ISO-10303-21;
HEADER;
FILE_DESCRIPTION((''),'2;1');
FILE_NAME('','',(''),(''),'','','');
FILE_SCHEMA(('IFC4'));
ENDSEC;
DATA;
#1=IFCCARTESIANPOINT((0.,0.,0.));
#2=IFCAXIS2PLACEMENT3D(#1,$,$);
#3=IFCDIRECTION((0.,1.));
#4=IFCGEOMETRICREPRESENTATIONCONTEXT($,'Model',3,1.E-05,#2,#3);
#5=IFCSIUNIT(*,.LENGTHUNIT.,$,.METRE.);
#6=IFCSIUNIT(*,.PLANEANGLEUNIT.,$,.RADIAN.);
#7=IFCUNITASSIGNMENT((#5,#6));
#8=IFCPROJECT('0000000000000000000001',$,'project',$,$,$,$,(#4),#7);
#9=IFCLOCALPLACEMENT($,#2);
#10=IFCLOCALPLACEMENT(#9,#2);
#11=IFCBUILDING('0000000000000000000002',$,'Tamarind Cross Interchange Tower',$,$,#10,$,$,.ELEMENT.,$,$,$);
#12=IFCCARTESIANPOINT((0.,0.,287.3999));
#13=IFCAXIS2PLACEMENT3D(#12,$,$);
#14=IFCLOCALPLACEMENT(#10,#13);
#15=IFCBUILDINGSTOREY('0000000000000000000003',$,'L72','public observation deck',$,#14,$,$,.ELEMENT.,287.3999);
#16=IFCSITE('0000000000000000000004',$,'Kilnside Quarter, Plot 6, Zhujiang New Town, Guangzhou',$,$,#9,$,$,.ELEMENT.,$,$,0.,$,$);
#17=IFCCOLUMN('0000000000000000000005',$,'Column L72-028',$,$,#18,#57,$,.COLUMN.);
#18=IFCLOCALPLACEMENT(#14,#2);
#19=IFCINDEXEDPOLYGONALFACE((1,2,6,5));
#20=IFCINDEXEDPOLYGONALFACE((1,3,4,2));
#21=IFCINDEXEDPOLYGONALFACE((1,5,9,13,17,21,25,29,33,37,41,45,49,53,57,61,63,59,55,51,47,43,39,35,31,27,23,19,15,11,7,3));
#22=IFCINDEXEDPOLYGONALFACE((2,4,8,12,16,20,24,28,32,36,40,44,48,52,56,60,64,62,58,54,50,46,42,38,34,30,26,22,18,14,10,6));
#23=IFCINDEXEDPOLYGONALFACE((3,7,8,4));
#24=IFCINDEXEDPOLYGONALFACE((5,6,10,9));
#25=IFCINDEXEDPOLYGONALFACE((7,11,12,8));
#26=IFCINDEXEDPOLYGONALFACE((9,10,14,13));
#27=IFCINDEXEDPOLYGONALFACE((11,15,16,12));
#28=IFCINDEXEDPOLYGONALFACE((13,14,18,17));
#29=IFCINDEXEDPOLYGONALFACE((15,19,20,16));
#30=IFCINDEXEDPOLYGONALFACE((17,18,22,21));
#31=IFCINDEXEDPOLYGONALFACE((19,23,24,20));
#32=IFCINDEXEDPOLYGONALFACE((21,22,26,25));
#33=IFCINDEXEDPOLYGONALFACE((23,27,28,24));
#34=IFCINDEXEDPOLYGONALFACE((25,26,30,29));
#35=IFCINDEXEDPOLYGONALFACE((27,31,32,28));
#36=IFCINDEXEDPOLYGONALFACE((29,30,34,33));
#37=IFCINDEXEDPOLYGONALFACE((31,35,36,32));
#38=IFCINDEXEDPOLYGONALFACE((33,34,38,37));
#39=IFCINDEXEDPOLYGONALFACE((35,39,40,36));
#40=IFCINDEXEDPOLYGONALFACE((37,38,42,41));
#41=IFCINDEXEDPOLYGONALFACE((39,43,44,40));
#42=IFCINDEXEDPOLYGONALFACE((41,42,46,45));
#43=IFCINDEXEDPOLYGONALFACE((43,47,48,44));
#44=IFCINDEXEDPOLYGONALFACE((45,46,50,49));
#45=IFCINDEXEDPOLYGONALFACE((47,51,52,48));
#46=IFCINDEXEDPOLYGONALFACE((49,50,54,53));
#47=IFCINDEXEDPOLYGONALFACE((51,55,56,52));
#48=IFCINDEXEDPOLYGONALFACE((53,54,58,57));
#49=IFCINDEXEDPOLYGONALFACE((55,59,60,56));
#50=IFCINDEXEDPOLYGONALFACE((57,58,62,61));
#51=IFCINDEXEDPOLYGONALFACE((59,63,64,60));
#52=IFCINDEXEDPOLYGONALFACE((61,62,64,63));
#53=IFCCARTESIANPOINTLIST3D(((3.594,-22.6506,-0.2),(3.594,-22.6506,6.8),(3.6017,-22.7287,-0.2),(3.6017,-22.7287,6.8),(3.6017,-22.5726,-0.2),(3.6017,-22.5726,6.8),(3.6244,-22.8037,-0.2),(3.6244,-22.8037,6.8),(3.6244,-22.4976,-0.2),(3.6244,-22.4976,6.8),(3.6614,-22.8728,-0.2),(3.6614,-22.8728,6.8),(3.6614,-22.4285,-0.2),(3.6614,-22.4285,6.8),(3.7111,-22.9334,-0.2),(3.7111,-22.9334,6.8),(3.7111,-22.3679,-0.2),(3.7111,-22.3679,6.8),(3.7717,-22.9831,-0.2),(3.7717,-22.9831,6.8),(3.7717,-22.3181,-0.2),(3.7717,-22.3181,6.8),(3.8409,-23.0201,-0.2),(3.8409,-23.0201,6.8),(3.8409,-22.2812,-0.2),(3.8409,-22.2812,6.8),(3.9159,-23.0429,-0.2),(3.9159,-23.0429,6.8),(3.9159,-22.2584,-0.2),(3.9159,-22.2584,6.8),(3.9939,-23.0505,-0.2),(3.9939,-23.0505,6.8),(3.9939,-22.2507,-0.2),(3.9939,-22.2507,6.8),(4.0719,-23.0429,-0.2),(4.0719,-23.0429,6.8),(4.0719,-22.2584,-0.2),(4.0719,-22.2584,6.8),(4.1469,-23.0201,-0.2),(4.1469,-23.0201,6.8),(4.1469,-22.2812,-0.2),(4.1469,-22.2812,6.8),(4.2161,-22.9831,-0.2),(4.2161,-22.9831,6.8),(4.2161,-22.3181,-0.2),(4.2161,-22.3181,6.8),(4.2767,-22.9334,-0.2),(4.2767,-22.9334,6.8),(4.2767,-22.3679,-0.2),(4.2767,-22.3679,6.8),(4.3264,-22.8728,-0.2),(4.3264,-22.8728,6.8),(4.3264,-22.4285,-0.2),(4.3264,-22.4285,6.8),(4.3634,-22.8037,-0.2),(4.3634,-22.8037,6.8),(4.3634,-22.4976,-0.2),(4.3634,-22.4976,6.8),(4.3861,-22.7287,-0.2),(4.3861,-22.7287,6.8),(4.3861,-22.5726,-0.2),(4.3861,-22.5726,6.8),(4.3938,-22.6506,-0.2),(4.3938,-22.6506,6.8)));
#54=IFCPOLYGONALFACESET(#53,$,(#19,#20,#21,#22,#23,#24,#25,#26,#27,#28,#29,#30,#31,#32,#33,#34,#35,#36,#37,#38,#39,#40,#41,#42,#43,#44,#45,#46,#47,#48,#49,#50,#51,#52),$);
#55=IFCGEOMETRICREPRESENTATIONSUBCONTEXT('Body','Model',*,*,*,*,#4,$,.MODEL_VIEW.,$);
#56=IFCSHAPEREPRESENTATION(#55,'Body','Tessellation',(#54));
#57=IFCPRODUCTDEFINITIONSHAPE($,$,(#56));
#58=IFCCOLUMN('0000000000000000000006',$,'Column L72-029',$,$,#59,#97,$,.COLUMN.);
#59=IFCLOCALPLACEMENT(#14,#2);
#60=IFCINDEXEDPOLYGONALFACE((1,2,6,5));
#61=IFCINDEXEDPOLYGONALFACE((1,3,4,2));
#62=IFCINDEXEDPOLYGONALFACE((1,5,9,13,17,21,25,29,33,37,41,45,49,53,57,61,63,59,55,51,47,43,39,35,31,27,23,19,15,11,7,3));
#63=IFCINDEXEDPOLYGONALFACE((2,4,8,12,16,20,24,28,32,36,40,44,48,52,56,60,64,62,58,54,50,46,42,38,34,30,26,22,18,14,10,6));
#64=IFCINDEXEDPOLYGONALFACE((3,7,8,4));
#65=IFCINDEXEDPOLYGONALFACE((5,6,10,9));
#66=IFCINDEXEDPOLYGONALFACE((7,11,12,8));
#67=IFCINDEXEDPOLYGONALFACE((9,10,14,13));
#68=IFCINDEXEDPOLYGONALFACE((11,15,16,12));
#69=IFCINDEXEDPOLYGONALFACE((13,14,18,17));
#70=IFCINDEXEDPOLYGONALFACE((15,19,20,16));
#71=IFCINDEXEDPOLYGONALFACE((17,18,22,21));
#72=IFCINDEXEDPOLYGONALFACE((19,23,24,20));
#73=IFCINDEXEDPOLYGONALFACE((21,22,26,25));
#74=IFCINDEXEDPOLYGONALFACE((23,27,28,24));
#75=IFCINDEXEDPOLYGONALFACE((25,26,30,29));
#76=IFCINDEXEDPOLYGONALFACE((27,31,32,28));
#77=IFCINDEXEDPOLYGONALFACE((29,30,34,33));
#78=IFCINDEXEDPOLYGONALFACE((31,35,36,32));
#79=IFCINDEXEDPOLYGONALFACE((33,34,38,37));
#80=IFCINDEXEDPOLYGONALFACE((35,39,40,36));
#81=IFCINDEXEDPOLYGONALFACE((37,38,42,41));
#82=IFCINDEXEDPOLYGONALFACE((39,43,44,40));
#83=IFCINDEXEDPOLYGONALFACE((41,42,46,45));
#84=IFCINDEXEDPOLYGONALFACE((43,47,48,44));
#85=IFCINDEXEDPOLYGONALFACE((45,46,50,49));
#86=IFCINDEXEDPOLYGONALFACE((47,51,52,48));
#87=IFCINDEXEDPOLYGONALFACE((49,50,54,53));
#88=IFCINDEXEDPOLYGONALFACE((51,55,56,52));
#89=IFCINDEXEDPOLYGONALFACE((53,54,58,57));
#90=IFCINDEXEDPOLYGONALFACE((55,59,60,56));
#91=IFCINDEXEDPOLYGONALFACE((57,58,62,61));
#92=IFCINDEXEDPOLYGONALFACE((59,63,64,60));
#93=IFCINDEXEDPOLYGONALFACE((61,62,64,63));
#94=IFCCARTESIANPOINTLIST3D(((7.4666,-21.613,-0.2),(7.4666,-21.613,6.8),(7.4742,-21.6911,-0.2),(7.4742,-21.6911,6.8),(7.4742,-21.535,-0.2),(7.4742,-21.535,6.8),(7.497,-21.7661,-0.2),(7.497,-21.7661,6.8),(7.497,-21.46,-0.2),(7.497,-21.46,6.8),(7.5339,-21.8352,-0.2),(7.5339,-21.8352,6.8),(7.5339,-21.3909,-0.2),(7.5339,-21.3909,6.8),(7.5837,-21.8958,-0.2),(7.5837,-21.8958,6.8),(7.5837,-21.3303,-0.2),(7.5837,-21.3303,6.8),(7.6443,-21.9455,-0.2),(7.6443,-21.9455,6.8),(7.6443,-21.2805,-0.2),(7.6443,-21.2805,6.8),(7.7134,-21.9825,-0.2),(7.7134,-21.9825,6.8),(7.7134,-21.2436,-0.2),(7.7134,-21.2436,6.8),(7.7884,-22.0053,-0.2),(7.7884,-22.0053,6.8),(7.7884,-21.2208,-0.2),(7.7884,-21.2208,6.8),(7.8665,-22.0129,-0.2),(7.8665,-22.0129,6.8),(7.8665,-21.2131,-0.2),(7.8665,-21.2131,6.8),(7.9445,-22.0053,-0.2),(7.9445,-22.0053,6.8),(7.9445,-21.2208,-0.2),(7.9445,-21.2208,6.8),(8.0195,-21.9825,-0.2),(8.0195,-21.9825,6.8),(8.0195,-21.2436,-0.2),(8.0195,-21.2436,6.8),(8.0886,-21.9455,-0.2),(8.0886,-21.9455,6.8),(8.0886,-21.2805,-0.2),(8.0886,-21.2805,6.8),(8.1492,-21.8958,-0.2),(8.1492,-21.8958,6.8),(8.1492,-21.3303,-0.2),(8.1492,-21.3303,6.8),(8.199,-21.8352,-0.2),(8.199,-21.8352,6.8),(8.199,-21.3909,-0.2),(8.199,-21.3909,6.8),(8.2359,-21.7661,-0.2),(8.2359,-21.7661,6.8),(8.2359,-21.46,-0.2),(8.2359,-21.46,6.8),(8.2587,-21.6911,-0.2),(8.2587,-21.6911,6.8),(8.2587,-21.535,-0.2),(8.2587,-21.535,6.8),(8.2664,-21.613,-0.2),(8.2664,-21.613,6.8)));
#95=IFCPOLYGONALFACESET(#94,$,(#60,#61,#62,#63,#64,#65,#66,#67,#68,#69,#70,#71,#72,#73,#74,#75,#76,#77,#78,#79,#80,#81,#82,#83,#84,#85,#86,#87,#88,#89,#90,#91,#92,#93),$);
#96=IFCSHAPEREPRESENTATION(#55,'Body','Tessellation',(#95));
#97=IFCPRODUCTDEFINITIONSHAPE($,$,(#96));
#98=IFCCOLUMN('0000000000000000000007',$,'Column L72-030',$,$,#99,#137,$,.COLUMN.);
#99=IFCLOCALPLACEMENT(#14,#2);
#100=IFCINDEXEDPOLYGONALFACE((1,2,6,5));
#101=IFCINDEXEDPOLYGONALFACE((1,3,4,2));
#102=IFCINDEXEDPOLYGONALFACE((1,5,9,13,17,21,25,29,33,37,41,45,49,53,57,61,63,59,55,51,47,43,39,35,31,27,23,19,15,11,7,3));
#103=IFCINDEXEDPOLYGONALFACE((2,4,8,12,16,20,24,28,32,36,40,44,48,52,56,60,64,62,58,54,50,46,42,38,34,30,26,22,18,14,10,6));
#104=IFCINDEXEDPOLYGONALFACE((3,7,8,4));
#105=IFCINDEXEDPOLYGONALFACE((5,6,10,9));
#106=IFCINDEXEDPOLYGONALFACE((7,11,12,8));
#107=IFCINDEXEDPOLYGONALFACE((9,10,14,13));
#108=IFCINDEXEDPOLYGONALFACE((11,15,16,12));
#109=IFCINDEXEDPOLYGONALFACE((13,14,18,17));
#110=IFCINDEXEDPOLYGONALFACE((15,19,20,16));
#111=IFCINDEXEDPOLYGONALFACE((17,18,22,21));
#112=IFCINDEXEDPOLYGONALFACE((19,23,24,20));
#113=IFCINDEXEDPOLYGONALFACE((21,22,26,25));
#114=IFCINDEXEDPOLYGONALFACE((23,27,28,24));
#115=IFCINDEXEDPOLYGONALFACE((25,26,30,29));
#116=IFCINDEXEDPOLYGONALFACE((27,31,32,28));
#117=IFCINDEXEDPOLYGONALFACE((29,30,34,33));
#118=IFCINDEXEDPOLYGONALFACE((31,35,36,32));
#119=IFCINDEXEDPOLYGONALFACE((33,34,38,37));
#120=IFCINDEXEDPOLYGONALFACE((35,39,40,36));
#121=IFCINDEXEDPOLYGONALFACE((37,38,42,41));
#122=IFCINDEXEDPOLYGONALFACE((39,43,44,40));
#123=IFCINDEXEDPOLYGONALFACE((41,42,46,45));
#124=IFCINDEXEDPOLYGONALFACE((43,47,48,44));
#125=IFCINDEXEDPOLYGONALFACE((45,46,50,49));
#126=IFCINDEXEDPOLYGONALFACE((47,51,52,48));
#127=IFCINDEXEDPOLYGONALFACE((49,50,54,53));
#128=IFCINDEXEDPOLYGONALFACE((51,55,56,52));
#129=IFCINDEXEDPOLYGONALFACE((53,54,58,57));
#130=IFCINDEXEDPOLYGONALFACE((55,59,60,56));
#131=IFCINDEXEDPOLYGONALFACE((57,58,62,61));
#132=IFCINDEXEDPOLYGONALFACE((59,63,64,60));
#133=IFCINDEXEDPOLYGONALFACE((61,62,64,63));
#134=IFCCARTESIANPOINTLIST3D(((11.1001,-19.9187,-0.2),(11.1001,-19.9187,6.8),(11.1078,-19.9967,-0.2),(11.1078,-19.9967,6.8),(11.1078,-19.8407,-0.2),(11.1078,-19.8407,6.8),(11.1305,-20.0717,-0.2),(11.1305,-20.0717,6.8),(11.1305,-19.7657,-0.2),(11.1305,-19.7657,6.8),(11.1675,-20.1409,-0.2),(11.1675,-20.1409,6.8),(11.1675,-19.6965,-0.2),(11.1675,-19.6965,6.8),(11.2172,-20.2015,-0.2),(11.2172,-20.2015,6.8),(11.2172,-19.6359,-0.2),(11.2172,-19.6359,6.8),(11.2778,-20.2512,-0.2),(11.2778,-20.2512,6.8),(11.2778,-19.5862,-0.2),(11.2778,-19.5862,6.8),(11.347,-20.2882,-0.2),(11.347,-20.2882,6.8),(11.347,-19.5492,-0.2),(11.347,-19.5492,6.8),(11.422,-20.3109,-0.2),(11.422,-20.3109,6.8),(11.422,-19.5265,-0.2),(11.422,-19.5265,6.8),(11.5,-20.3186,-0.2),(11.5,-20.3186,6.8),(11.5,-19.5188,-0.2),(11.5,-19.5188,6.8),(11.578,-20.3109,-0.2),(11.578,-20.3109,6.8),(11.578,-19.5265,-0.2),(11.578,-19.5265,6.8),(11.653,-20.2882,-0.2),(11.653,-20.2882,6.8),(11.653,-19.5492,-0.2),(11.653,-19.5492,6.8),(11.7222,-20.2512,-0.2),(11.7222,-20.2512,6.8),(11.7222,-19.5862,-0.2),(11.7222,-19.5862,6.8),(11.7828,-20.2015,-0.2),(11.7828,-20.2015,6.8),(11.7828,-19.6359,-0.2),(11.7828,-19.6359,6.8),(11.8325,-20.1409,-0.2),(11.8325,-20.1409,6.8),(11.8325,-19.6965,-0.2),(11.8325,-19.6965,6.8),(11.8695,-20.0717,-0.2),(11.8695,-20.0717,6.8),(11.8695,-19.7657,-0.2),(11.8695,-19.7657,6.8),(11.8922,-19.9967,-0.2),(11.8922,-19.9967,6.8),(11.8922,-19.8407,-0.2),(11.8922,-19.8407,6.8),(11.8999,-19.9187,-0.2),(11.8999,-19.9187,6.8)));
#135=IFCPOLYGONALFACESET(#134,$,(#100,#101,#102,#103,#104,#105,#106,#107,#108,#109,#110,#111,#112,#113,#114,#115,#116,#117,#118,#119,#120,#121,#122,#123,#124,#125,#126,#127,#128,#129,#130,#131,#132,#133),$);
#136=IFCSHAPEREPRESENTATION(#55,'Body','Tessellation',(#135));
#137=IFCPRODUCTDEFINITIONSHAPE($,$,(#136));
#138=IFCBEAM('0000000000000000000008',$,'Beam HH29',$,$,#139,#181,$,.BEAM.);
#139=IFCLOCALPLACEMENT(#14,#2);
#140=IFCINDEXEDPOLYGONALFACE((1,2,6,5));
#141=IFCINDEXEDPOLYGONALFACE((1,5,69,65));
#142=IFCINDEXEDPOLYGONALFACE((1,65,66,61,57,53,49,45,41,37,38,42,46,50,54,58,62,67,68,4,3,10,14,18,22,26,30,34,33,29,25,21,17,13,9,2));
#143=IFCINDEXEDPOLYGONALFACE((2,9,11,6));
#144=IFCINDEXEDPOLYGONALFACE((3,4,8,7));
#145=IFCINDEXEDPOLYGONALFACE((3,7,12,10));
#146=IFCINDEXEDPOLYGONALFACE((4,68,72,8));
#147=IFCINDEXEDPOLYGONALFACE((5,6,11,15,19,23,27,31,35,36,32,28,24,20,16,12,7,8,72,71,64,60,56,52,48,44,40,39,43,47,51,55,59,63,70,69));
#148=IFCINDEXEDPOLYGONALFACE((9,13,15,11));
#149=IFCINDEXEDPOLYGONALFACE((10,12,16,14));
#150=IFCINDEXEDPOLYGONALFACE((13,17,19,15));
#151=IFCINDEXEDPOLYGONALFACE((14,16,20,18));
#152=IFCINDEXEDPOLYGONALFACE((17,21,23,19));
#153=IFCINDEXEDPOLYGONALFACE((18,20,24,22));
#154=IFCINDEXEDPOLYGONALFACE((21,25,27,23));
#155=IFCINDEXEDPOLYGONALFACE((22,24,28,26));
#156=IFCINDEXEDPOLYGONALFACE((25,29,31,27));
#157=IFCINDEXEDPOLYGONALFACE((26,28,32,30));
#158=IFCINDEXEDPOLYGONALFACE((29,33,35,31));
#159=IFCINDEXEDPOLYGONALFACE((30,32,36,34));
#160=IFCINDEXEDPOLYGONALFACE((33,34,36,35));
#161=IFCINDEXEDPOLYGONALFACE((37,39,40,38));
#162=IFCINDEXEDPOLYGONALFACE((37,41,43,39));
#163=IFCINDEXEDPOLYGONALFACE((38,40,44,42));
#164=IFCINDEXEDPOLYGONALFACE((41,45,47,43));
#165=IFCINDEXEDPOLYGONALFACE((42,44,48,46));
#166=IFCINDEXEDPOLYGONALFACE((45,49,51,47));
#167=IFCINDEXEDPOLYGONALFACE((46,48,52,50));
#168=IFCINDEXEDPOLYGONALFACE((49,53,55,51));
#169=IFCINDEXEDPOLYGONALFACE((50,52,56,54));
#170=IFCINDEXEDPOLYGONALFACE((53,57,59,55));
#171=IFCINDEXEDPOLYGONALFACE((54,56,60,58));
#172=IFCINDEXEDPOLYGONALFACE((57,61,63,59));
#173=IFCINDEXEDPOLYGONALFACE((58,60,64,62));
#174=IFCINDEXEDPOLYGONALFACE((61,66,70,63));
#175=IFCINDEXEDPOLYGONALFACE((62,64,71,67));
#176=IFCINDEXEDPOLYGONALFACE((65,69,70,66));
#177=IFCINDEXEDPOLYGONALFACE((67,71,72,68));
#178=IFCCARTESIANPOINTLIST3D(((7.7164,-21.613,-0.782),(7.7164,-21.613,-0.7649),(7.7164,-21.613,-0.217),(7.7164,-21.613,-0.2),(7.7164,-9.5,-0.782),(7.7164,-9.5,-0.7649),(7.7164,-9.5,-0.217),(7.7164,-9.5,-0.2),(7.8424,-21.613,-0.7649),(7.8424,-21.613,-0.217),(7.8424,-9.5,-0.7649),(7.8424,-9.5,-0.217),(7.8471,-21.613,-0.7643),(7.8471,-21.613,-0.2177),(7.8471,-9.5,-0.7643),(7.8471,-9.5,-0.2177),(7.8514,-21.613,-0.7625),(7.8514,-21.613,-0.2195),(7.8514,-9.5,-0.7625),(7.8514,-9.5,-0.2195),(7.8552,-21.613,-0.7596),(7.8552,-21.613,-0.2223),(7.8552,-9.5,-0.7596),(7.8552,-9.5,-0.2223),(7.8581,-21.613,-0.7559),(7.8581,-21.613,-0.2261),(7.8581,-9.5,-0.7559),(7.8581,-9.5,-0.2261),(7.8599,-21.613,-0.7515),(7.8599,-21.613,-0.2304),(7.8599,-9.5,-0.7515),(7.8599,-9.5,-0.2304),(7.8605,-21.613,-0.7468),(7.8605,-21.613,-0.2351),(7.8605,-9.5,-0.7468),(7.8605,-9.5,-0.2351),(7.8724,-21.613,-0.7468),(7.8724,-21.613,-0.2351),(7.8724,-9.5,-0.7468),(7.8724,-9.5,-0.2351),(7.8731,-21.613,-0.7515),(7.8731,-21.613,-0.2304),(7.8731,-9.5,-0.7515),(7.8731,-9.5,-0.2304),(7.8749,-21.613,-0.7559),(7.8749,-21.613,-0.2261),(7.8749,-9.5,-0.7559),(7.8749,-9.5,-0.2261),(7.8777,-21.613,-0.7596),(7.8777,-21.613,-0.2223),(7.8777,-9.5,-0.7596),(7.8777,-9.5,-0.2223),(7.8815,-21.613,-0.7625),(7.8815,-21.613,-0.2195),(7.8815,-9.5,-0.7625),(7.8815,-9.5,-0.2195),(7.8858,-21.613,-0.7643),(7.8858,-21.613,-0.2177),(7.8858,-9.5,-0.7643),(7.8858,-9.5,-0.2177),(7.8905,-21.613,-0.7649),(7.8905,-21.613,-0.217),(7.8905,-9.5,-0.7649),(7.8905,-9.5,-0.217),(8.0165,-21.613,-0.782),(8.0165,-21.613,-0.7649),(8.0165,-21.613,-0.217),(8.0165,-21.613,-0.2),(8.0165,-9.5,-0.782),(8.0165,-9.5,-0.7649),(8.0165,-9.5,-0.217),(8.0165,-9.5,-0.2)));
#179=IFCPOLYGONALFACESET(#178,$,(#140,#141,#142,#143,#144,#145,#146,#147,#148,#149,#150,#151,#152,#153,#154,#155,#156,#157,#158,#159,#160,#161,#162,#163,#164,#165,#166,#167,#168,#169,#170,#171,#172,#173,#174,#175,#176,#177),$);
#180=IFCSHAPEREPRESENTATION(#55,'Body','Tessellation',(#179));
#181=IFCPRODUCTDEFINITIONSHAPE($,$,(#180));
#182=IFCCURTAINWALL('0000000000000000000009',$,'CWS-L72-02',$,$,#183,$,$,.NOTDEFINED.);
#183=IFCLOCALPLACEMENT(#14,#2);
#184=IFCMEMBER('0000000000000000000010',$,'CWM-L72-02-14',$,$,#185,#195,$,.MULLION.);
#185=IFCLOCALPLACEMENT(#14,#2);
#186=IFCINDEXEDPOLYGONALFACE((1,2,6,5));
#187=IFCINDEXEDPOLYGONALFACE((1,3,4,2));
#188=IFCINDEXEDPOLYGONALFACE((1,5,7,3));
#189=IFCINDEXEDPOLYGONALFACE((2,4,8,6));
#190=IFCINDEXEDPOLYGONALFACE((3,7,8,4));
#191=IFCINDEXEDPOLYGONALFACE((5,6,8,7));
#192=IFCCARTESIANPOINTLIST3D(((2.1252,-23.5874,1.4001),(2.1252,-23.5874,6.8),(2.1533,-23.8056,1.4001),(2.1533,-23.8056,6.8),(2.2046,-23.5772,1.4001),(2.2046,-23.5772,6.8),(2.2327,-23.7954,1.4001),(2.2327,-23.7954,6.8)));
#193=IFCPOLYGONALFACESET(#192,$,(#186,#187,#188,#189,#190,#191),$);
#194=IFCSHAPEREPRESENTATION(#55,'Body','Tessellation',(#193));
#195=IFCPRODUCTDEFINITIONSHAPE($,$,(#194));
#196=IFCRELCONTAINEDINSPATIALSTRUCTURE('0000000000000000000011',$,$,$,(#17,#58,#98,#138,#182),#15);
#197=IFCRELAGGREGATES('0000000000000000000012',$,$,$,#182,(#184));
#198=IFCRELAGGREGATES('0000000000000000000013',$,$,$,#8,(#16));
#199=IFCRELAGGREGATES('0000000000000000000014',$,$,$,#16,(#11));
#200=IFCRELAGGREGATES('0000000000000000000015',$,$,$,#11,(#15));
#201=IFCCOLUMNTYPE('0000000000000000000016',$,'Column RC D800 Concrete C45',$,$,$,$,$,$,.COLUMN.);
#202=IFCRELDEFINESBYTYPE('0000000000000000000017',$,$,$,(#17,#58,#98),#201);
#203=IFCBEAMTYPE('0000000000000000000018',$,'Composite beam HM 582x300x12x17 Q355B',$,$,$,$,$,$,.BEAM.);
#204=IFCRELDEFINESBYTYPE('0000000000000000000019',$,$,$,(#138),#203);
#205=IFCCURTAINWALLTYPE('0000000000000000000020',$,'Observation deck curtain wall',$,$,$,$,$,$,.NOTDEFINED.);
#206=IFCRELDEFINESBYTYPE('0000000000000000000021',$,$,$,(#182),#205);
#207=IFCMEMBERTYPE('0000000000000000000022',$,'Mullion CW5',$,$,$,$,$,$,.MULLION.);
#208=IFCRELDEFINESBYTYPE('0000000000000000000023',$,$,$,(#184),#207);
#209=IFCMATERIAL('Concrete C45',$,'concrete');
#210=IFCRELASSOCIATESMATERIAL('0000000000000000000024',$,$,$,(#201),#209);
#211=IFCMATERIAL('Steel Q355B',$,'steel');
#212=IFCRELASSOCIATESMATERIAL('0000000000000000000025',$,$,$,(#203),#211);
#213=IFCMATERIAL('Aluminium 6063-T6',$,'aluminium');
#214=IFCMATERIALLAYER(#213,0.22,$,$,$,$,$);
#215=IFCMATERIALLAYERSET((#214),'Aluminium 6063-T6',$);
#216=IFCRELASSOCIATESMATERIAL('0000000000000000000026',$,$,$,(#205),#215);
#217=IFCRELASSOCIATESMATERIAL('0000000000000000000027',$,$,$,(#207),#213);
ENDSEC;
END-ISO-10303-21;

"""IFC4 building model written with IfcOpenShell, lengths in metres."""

from ifc_helpers import new_model, si_unit, direction, frame, origin, origin_2d, place, context, subcontext, project, spatial, rectangle, circle, i_section, extrude, material, layer, layer_set, material_profile, profile_set, type_object, element, aggregate, save


model = new_model("IFC4")

# Units and contexts
model_context = context("Model", 3, precision=1e-05, world=origin(), true_north=direction((0.0, 1.0)))
body_context = subcontext(model_context, "Body", "Model", "MODEL_VIEW")
ifc_project = project(units=[si_unit("LENGTHUNIT", "METRE"), si_unit("PLANEANGLEUNIT", "RADIAN")], contexts=[model_context])

# Site, building, storey
site_placement = place(None, origin())
site = spatial("IfcSite", under=ifc_project, at=site_placement, Name="Kilnside Quarter, Plot 6, Zhujiang New Town, Guangzhou", CompositionType="ELEMENT", RefElevation=0.0)
building_placement = place(site_placement, origin())
building = spatial("IfcBuilding", under=site, at=building_placement, Name="Tamarind Cross Interchange Tower", CompositionType="ELEMENT")
storey_placement = place(building_placement, frame((0.0, 0.0, 287.3999)))
storey = spatial("IfcBuildingStorey", under=building, at=storey_placement, Name="L72", Description="public observation deck", CompositionType="ELEMENT", Elevation=287.3999)

# Columns
ifc_material_1 = material(Name="Concrete C45", Category="concrete")
ifc_material_profile_1 = material_profile(ifc_material_1, circle(Radius=0.3999, at=origin_2d()), Name="RC D800")
ifc_profile_set_1 = profile_set([ifc_material_profile_1], Name="Concrete C45")
column_type = type_object("IfcColumnType", Name="Column RC D800 Concrete C45", PredefinedType="COLUMN", material=ifc_profile_set_1)
for number, where, z_axis, x_axis, name in (
    (1, (3.9939, -22.6506, -0.2), (0.0, 0.0, 1.0), (1.0, 0.0, 0.0), "Column L72-028"),
    (2, (7.8665, -21.613, -0.2), (0.0, 0.0, 1.0), (1.0, 0.0, 0.0), "Column L72-029"),
    (3, (11.5, -19.9187, -0.2), (0.0, 0.0, 1.0), (1.0, 0.0, 0.0), "Column L72-030"),
):
    element("IfcColumn", number, at=place(storey_placement, frame(where, z_axis=z_axis, x_axis=x_axis)), inside=storey, type_object=column_type, Name=name, PredefinedType="COLUMN", context=body_context, shape_type="SweptSolid", body=[
        extrude(circle(Radius=0.3999, at=origin_2d()), origin(), (0.0, 0.0, 1.0), 7.0),
    ])

# Beam
ifc_material_2 = material(Name="Steel Q355B", Category="steel")
ifc_material_profile_2 = material_profile(ifc_material_2, i_section(OverallWidth=0.3, OverallDepth=0.582, WebThickness=0.012, FlangeThickness=0.0171, FilletRadius=0.0181, at=origin_2d()), Name="HM 582x300x12x17")
ifc_profile_set_2 = profile_set([ifc_material_profile_2], Name="Steel Q355B")
beam_type = type_object("IfcBeamType", Name="Composite beam HM 582x300x12x17 Q355B", PredefinedType="BEAM", material=ifc_profile_set_2)
beam_placement = place(storey_placement, frame((7.8665, -21.613, -0.491), z_axis=(0.0, 1.0, 0.0), x_axis=(-1.0, 0.0, 0.0)))
element("IfcBeam", 4, at=beam_placement, inside=storey, type_object=beam_type, Name="Beam HH29", PredefinedType="BEAM", context=body_context, shape_type="SweptSolid", body=[
    extrude(i_section(OverallWidth=0.3, OverallDepth=0.582, WebThickness=0.012, FlangeThickness=0.0171, FilletRadius=0.0181, at=origin_2d()), origin(), (0.0, 0.0, 1.0), 12.113),
])

# Curtain wall, member
ifc_material_3 = material(Name="Aluminium 6063-T6", Category="aluminium")
ifc_layer_1 = layer(ifc_material_3, 0.22)
ifc_layer_set_1 = layer_set([ifc_layer_1], Name="Aluminium 6063-T6")
curtain_wall_type = type_object("IfcCurtainWallType", Name="Observation deck curtain wall", PredefinedType="NOTDEFINED", material=ifc_layer_set_1)
curtain_wall_placement = place(storey_placement, origin())
curtain_wall = element("IfcCurtainWall", 5, at=curtain_wall_placement, inside=storey, type_object=curtain_wall_type, Name="CWS-L72-02", PredefinedType="NOTDEFINED")
ifc_material_profile_3 = material_profile(ifc_material_3, rectangle(XDim=0.0801, YDim=0.22, at=origin_2d()), Name="Mullion CW5")
ifc_profile_set_3 = profile_set([ifc_material_profile_3], Name="Aluminium 6063-T6")
member_type = type_object("IfcMemberType", Name="Mullion CW5", PredefinedType="MULLION", material=ifc_profile_set_3)
member_1_placement = place(storey_placement, frame((2.179, -23.6914, 1.4001), z_axis=(0.0, 0.0, 1.0), x_axis=(0.991779, 0.127962, 0.0)))
member_1 = element("IfcMember", 6, at=member_1_placement, type_object=member_type, Name="CWM-L72-02-14", PredefinedType="MULLION", context=body_context, shape_type="SweptSolid", body=[
    extrude(rectangle(XDim=0.0801, YDim=0.22, at=origin_2d()), origin(), (0.0, 0.0, 1.0), 5.3999),
])
aggregate(curtain_wall, [member_1])

save(model, "model.ifc")
